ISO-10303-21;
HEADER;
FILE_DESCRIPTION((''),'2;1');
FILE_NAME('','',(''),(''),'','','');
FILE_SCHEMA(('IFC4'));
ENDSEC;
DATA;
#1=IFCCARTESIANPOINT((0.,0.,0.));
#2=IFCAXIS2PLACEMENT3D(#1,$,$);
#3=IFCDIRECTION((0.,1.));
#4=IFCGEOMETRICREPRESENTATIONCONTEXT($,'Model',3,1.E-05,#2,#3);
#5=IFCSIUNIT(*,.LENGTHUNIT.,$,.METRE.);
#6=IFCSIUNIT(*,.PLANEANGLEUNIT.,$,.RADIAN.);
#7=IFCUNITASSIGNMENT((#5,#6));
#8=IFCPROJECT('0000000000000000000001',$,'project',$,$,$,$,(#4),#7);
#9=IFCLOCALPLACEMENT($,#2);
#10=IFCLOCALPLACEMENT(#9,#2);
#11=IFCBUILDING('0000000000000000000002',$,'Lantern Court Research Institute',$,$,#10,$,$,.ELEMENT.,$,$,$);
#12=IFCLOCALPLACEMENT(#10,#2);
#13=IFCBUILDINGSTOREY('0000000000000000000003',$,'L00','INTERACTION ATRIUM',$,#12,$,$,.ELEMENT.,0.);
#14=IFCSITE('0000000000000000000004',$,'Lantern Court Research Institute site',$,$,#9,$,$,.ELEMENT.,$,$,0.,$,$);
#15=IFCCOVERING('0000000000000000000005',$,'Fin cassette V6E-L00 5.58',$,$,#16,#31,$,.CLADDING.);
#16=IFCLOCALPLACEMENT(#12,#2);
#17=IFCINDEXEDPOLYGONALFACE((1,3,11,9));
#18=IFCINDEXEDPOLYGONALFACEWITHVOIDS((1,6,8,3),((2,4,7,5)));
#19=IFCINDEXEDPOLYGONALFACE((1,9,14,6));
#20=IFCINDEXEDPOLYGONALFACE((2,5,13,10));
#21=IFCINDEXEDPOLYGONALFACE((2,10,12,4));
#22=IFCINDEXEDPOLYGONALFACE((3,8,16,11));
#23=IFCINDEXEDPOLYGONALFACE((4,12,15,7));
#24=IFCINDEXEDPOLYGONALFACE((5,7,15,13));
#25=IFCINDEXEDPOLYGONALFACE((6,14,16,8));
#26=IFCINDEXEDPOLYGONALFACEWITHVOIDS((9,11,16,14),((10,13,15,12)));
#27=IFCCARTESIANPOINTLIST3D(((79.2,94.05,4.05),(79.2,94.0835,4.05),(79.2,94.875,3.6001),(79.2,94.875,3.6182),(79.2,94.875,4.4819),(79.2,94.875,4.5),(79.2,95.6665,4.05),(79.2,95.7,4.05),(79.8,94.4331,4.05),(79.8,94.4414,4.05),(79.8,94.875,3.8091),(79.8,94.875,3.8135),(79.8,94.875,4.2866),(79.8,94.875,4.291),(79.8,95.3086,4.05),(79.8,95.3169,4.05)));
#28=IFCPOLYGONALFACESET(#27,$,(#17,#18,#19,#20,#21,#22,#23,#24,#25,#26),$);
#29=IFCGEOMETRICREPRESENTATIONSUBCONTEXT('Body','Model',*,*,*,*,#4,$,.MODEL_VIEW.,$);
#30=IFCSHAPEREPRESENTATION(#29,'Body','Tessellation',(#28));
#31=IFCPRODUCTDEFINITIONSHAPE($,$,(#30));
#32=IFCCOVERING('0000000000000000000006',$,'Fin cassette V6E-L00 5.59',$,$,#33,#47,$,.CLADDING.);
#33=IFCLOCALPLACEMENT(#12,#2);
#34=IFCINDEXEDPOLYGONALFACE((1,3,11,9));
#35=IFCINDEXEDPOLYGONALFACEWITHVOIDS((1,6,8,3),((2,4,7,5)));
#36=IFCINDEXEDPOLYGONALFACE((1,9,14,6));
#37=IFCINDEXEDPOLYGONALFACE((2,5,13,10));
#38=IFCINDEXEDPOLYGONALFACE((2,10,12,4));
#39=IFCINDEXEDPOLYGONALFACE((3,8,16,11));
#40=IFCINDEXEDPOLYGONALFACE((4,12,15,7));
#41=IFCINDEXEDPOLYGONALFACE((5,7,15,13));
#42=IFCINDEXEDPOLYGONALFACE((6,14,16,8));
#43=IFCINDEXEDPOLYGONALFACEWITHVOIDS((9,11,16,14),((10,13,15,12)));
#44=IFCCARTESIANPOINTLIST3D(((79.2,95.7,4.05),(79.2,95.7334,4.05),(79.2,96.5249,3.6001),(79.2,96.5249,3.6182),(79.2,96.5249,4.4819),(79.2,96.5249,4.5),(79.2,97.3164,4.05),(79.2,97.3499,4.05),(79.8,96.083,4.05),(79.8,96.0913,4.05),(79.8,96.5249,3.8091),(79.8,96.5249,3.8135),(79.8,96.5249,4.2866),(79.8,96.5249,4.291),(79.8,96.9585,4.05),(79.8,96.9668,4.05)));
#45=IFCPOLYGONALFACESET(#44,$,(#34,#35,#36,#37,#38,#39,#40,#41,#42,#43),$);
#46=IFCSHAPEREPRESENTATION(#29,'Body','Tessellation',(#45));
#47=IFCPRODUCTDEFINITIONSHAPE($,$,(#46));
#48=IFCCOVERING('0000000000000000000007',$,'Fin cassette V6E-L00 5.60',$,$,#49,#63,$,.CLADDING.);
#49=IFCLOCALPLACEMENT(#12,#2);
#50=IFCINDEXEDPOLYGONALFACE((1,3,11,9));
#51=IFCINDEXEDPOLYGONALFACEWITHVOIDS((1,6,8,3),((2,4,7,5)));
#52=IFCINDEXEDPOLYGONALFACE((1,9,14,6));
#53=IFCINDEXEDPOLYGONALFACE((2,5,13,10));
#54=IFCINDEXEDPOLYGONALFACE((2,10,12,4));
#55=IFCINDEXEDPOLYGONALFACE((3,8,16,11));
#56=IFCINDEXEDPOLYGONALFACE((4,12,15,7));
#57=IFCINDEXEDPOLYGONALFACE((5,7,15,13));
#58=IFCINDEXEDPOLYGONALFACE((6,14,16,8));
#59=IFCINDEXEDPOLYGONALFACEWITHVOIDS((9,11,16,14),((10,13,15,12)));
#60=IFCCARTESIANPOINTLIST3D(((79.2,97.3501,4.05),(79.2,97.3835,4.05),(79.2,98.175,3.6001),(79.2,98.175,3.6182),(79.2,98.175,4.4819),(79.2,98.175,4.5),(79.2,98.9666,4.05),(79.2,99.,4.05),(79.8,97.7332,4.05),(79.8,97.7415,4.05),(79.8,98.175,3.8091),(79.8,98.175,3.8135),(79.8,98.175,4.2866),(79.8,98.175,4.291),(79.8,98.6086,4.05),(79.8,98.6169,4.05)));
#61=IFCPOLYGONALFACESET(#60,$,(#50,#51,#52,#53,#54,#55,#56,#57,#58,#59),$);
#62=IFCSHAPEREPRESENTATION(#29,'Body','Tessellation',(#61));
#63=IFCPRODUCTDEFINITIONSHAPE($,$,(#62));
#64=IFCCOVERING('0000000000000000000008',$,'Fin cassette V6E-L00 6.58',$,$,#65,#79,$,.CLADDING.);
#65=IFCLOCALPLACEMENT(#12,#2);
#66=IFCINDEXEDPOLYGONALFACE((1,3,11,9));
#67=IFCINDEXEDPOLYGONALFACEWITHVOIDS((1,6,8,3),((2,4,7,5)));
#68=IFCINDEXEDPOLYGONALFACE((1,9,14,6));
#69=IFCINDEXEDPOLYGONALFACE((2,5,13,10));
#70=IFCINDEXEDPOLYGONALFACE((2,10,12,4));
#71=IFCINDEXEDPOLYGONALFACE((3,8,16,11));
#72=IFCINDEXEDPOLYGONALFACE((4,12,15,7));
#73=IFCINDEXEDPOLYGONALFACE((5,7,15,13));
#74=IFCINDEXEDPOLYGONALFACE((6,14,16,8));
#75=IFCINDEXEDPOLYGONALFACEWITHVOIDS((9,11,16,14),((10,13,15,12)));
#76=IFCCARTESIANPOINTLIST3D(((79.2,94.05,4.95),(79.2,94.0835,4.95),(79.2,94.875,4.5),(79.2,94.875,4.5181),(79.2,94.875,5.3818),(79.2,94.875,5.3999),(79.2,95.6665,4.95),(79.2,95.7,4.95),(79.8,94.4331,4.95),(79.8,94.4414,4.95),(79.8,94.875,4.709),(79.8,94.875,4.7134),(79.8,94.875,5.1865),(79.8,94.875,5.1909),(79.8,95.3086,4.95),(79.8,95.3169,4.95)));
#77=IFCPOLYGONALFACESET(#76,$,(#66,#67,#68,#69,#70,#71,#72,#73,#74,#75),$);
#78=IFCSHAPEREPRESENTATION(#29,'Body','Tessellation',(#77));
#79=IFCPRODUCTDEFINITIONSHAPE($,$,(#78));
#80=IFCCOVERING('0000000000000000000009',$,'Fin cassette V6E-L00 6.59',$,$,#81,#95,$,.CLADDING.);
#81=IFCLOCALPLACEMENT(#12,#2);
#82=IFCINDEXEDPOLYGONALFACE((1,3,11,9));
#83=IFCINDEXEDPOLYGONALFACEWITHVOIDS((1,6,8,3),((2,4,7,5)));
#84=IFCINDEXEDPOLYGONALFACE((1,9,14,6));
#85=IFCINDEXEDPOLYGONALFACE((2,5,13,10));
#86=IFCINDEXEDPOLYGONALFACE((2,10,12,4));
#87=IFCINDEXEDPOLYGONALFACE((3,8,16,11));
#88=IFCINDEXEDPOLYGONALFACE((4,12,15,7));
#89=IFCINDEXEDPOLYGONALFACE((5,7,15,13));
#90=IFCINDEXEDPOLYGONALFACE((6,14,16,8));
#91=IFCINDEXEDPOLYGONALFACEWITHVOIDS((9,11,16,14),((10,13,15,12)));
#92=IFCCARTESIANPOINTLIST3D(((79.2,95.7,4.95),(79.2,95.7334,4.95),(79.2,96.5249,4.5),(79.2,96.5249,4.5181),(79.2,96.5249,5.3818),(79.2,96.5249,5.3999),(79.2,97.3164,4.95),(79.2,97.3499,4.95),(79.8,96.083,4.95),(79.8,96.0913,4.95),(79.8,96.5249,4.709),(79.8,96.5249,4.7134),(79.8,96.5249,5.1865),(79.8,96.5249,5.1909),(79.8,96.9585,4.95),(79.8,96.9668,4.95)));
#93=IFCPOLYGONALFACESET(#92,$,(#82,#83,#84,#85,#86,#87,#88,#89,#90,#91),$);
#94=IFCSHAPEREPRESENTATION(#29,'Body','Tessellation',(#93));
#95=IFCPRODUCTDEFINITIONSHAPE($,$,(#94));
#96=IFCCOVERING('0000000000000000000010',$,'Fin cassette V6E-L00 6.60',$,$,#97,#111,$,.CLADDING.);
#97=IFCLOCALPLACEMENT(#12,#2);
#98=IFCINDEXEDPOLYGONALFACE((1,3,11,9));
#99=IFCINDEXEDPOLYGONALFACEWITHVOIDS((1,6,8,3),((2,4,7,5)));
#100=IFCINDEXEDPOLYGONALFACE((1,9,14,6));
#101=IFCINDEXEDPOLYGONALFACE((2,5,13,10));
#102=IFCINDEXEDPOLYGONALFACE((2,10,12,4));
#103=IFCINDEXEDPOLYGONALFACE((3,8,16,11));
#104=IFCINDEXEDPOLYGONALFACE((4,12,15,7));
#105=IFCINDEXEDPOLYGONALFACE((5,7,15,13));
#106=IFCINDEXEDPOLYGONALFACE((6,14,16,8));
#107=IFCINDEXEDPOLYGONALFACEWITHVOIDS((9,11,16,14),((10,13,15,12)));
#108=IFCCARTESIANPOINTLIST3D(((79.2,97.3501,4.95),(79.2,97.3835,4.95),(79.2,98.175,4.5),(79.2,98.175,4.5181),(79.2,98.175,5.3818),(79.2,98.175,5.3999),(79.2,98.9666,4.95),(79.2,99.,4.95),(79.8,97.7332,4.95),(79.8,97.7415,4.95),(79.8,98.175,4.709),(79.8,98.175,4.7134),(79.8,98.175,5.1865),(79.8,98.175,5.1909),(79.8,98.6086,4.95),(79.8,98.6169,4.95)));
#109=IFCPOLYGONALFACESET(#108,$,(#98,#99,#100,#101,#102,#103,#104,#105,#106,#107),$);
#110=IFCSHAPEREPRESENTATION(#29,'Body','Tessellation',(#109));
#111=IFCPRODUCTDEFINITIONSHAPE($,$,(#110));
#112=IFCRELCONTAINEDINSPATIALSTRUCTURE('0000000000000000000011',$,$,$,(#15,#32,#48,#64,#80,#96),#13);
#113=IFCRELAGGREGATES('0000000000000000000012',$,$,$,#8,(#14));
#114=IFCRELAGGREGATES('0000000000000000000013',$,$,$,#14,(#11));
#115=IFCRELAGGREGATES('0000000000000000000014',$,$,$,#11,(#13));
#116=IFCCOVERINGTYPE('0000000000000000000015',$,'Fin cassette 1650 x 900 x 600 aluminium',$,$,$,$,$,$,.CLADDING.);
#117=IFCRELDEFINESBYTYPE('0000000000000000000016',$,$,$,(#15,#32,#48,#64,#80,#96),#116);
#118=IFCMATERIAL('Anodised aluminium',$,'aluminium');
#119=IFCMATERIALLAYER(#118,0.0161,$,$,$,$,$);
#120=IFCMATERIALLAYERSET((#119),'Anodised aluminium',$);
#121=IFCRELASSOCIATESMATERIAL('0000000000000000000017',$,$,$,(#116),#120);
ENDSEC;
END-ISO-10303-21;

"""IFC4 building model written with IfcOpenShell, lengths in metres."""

from ifc_helpers import new_model, entity, si_unit, direction, frame, origin, place, context, subcontext, project, spatial, material, layer, layer_set, type_object, element, save


model = new_model("IFC4")

# Units and contexts
model_context = context("Model", 3, precision=1e-05, world=origin(), true_north=direction((0.0, 1.0)))
body_context = subcontext(model_context, "Body", "Model", "MODEL_VIEW")
ifc_project = project(units=[si_unit("LENGTHUNIT", "METRE"), si_unit("PLANEANGLEUNIT", "RADIAN")], contexts=[model_context])

# Site, building, storey
site_placement = place(None, origin())
site = spatial("IfcSite", under=ifc_project, at=site_placement, Name="Lantern Court Research Institute site", CompositionType="ELEMENT", RefElevation=0.0)
building_placement = place(site_placement, origin())
building = spatial("IfcBuilding", under=site, at=building_placement, Name="Lantern Court Research Institute", CompositionType="ELEMENT")
storey_placement = place(building_placement, origin())
storey = spatial("IfcBuildingStorey", under=building, at=storey_placement, Name="L00", Description="INTERACTION ATRIUM", CompositionType="ELEMENT", Elevation=0.0)

# Coverings
ifc_material_1 = material(Name="Anodised aluminium", Category="aluminium")
ifc_layer = layer(ifc_material_1, 0.0161)
ifc_layer_set = layer_set([ifc_layer], Name="Anodised aluminium")
covering_type = type_object("IfcCoveringType", Name="Fin cassette 1650 x 900 x 600 aluminium", PredefinedType="CLADDING", material=ifc_layer_set)
covering_1_placement = place(storey_placement, frame((79.2, 94.875, 4.05), z_axis=(1.0, 0.0, 0.0), x_axis=(0.0, 1.0, 0.0)))
cartesian_point_1 = entity("IfcCartesianPoint", [0.825, 0.0])
cartesian_point_2 = entity("IfcCartesianPoint", [0.7915, 0.0])
cartesian_point_3 = entity("IfcCartesianPoint", [0.4419, 0.0])
cartesian_point_4 = entity("IfcCartesianPoint", [0.4336, 0.0])
element("IfcCovering", 1, at=covering_1_placement, inside=storey, type_object=covering_type, Name="Fin cassette V6E-L00 5.58", PredefinedType="CLADDING", context=body_context, shape_type="SweptSolid", body=[
    entity("IfcExtrudedAreaSolidTapered", entity("IfcArbitraryProfileDefWithVoids", "AREA", None, entity("IfcPolyline", [cartesian_point_1, entity("IfcCartesianPoint", [0.0, 0.45]), entity("IfcCartesianPoint", [-0.825, 0.0]), entity("IfcCartesianPoint", [0.0, -0.45]), cartesian_point_1]), [entity("IfcPolyline", [cartesian_point_2, entity("IfcCartesianPoint", [0.0, 0.4319]), entity("IfcCartesianPoint", [-0.7915, 0.0]), entity("IfcCartesianPoint", [0.0, -0.4319]), cartesian_point_2])]), entity("IfcAxis2Placement3D", entity("IfcCartesianPoint", [0.0, 0.0, 0.0])), entity("IfcDirection", [0.0, 0.0, 1.0]), 0.6001, entity("IfcArbitraryProfileDefWithVoids", "AREA", None, entity("IfcPolyline", [cartesian_point_3, entity("IfcCartesianPoint", [0.0, 0.241]), entity("IfcCartesianPoint", [-0.4419, 0.0]), entity("IfcCartesianPoint", [0.0, -0.241]), cartesian_point_3]), [entity("IfcPolyline", [cartesian_point_4, entity("IfcCartesianPoint", [0.0, 0.2366]), entity("IfcCartesianPoint", [-0.4336, 0.0]), entity("IfcCartesianPoint", [0.0, -0.2366]), cartesian_point_4])])),
])
covering_2_placement = place(storey_placement, frame((79.2, 96.5249, 4.05), z_axis=(1.0, 0.0, 0.0), x_axis=(0.0, 1.0, 0.0)))
cartesian_point_5 = entity("IfcCartesianPoint", [0.825, 0.0])
cartesian_point_6 = entity("IfcCartesianPoint", [0.7915, 0.0])
cartesian_point_7 = entity("IfcCartesianPoint", [0.4419, 0.0])
cartesian_point_8 = entity("IfcCartesianPoint", [0.4336, 0.0])
element("IfcCovering", 2, at=covering_2_placement, inside=storey, type_object=covering_type, Name="Fin cassette V6E-L00 5.59", PredefinedType="CLADDING", context=body_context, shape_type="SweptSolid", body=[
    entity("IfcExtrudedAreaSolidTapered", entity("IfcArbitraryProfileDefWithVoids", "AREA", None, entity("IfcPolyline", [cartesian_point_5, entity("IfcCartesianPoint", [0.0, 0.45]), entity("IfcCartesianPoint", [-0.825, 0.0]), entity("IfcCartesianPoint", [0.0, -0.45]), cartesian_point_5]), [entity("IfcPolyline", [cartesian_point_6, entity("IfcCartesianPoint", [0.0, 0.4319]), entity("IfcCartesianPoint", [-0.7915, 0.0]), entity("IfcCartesianPoint", [0.0, -0.4319]), cartesian_point_6])]), entity("IfcAxis2Placement3D", entity("IfcCartesianPoint", [0.0, 0.0, 0.0])), entity("IfcDirection", [0.0, 0.0, 1.0]), 0.6001, entity("IfcArbitraryProfileDefWithVoids", "AREA", None, entity("IfcPolyline", [cartesian_point_7, entity("IfcCartesianPoint", [0.0, 0.241]), entity("IfcCartesianPoint", [-0.4419, 0.0]), entity("IfcCartesianPoint", [0.0, -0.241]), cartesian_point_7]), [entity("IfcPolyline", [cartesian_point_8, entity("IfcCartesianPoint", [0.0, 0.2366]), entity("IfcCartesianPoint", [-0.4336, 0.0]), entity("IfcCartesianPoint", [0.0, -0.2366]), cartesian_point_8])])),
])
covering_3_placement = place(storey_placement, frame((79.2, 98.175, 4.05), z_axis=(1.0, 0.0, 0.0), x_axis=(0.0, 1.0, 0.0)))
cartesian_point_9 = entity("IfcCartesianPoint", [0.825, 0.0])
cartesian_point_10 = entity("IfcCartesianPoint", [0.7915, 0.0])
cartesian_point_11 = entity("IfcCartesianPoint", [0.4419, 0.0])
cartesian_point_12 = entity("IfcCartesianPoint", [0.4336, 0.0])
element("IfcCovering", 3, at=covering_3_placement, inside=storey, type_object=covering_type, Name="Fin cassette V6E-L00 5.60", PredefinedType="CLADDING", context=body_context, shape_type="SweptSolid", body=[
    entity("IfcExtrudedAreaSolidTapered", entity("IfcArbitraryProfileDefWithVoids", "AREA", None, entity("IfcPolyline", [cartesian_point_9, entity("IfcCartesianPoint", [0.0, 0.45]), entity("IfcCartesianPoint", [-0.825, 0.0]), entity("IfcCartesianPoint", [0.0, -0.45]), cartesian_point_9]), [entity("IfcPolyline", [cartesian_point_10, entity("IfcCartesianPoint", [0.0, 0.4319]), entity("IfcCartesianPoint", [-0.7915, 0.0]), entity("IfcCartesianPoint", [0.0, -0.4319]), cartesian_point_10])]), entity("IfcAxis2Placement3D", entity("IfcCartesianPoint", [0.0, 0.0, 0.0])), entity("IfcDirection", [0.0, 0.0, 1.0]), 0.6001, entity("IfcArbitraryProfileDefWithVoids", "AREA", None, entity("IfcPolyline", [cartesian_point_11, entity("IfcCartesianPoint", [0.0, 0.241]), entity("IfcCartesianPoint", [-0.4419, 0.0]), entity("IfcCartesianPoint", [0.0, -0.241]), cartesian_point_11]), [entity("IfcPolyline", [cartesian_point_12, entity("IfcCartesianPoint", [0.0, 0.2366]), entity("IfcCartesianPoint", [-0.4336, 0.0]), entity("IfcCartesianPoint", [0.0, -0.2366]), cartesian_point_12])])),
])
covering_4_placement = place(storey_placement, frame((79.2, 94.875, 4.95), z_axis=(1.0, 0.0, 0.0), x_axis=(0.0, 1.0, 0.0)))
cartesian_point_13 = entity("IfcCartesianPoint", [0.825, 0.0])
cartesian_point_14 = entity("IfcCartesianPoint", [0.7915, 0.0])
cartesian_point_15 = entity("IfcCartesianPoint", [0.4419, 0.0])
cartesian_point_16 = entity("IfcCartesianPoint", [0.4336, 0.0])
element("IfcCovering", 4, at=covering_4_placement, inside=storey, type_object=covering_type, Name="Fin cassette V6E-L00 6.58", PredefinedType="CLADDING", context=body_context, shape_type="SweptSolid", body=[
    entity("IfcExtrudedAreaSolidTapered", entity("IfcArbitraryProfileDefWithVoids", "AREA", None, entity("IfcPolyline", [cartesian_point_13, entity("IfcCartesianPoint", [0.0, 0.45]), entity("IfcCartesianPoint", [-0.825, 0.0]), entity("IfcCartesianPoint", [0.0, -0.45]), cartesian_point_13]), [entity("IfcPolyline", [cartesian_point_14, entity("IfcCartesianPoint", [0.0, 0.4319]), entity("IfcCartesianPoint", [-0.7915, 0.0]), entity("IfcCartesianPoint", [0.0, -0.4319]), cartesian_point_14])]), entity("IfcAxis2Placement3D", entity("IfcCartesianPoint", [0.0, 0.0, 0.0])), entity("IfcDirection", [0.0, 0.0, 1.0]), 0.6001, entity("IfcArbitraryProfileDefWithVoids", "AREA", None, entity("IfcPolyline", [cartesian_point_15, entity("IfcCartesianPoint", [0.0, 0.241]), entity("IfcCartesianPoint", [-0.4419, 0.0]), entity("IfcCartesianPoint", [0.0, -0.241]), cartesian_point_15]), [entity("IfcPolyline", [cartesian_point_16, entity("IfcCartesianPoint", [0.0, 0.2366]), entity("IfcCartesianPoint", [-0.4336, 0.0]), entity("IfcCartesianPoint", [0.0, -0.2366]), cartesian_point_16])])),
])
covering_5_placement = place(storey_placement, frame((79.2, 96.5249, 4.95), z_axis=(1.0, 0.0, 0.0), x_axis=(0.0, 1.0, 0.0)))
cartesian_point_17 = entity("IfcCartesianPoint", [0.825, 0.0])
cartesian_point_18 = entity("IfcCartesianPoint", [0.7915, 0.0])
cartesian_point_19 = entity("IfcCartesianPoint", [0.4419, 0.0])
cartesian_point_20 = entity("IfcCartesianPoint", [0.4336, 0.0])
element("IfcCovering", 5, at=covering_5_placement, inside=storey, type_object=covering_type, Name="Fin cassette V6E-L00 6.59", PredefinedType="CLADDING", context=body_context, shape_type="SweptSolid", body=[
    entity("IfcExtrudedAreaSolidTapered", entity("IfcArbitraryProfileDefWithVoids", "AREA", None, entity("IfcPolyline", [cartesian_point_17, entity("IfcCartesianPoint", [0.0, 0.45]), entity("IfcCartesianPoint", [-0.825, 0.0]), entity("IfcCartesianPoint", [0.0, -0.45]), cartesian_point_17]), [entity("IfcPolyline", [cartesian_point_18, entity("IfcCartesianPoint", [0.0, 0.4319]), entity("IfcCartesianPoint", [-0.7915, 0.0]), entity("IfcCartesianPoint", [0.0, -0.4319]), cartesian_point_18])]), entity("IfcAxis2Placement3D", entity("IfcCartesianPoint", [0.0, 0.0, 0.0])), entity("IfcDirection", [0.0, 0.0, 1.0]), 0.6001, entity("IfcArbitraryProfileDefWithVoids", "AREA", None, entity("IfcPolyline", [cartesian_point_19, entity("IfcCartesianPoint", [0.0, 0.241]), entity("IfcCartesianPoint", [-0.4419, 0.0]), entity("IfcCartesianPoint", [0.0, -0.241]), cartesian_point_19]), [entity("IfcPolyline", [cartesian_point_20, entity("IfcCartesianPoint", [0.0, 0.2366]), entity("IfcCartesianPoint", [-0.4336, 0.0]), entity("IfcCartesianPoint", [0.0, -0.2366]), cartesian_point_20])])),
])
covering_6_placement = place(storey_placement, frame((79.2, 98.175, 4.95), z_axis=(1.0, 0.0, 0.0), x_axis=(0.0, 1.0, 0.0)))
cartesian_point_21 = entity("IfcCartesianPoint", [0.825, 0.0])
cartesian_point_22 = entity("IfcCartesianPoint", [0.7915, 0.0])
cartesian_point_23 = entity("IfcCartesianPoint", [0.4419, 0.0])
cartesian_point_24 = entity("IfcCartesianPoint", [0.4336, 0.0])
element("IfcCovering", 6, at=covering_6_placement, inside=storey, type_object=covering_type, Name="Fin cassette V6E-L00 6.60", PredefinedType="CLADDING", context=body_context, shape_type="SweptSolid", body=[
    entity("IfcExtrudedAreaSolidTapered", entity("IfcArbitraryProfileDefWithVoids", "AREA", None, entity("IfcPolyline", [cartesian_point_21, entity("IfcCartesianPoint", [0.0, 0.45]), entity("IfcCartesianPoint", [-0.825, 0.0]), entity("IfcCartesianPoint", [0.0, -0.45]), cartesian_point_21]), [entity("IfcPolyline", [cartesian_point_22, entity("IfcCartesianPoint", [0.0, 0.4319]), entity("IfcCartesianPoint", [-0.7915, 0.0]), entity("IfcCartesianPoint", [0.0, -0.4319]), cartesian_point_22])]), entity("IfcAxis2Placement3D", entity("IfcCartesianPoint", [0.0, 0.0, 0.0])), entity("IfcDirection", [0.0, 0.0, 1.0]), 0.6001, entity("IfcArbitraryProfileDefWithVoids", "AREA", None, entity("IfcPolyline", [cartesian_point_23, entity("IfcCartesianPoint", [0.0, 0.241]), entity("IfcCartesianPoint", [-0.4419, 0.0]), entity("IfcCartesianPoint", [0.0, -0.241]), cartesian_point_23]), [entity("IfcPolyline", [cartesian_point_24, entity("IfcCartesianPoint", [0.0, 0.2366]), entity("IfcCartesianPoint", [-0.4336, 0.0]), entity("IfcCartesianPoint", [0.0, -0.2366]), cartesian_point_24])])),
])

save(model, "model.ifc")
